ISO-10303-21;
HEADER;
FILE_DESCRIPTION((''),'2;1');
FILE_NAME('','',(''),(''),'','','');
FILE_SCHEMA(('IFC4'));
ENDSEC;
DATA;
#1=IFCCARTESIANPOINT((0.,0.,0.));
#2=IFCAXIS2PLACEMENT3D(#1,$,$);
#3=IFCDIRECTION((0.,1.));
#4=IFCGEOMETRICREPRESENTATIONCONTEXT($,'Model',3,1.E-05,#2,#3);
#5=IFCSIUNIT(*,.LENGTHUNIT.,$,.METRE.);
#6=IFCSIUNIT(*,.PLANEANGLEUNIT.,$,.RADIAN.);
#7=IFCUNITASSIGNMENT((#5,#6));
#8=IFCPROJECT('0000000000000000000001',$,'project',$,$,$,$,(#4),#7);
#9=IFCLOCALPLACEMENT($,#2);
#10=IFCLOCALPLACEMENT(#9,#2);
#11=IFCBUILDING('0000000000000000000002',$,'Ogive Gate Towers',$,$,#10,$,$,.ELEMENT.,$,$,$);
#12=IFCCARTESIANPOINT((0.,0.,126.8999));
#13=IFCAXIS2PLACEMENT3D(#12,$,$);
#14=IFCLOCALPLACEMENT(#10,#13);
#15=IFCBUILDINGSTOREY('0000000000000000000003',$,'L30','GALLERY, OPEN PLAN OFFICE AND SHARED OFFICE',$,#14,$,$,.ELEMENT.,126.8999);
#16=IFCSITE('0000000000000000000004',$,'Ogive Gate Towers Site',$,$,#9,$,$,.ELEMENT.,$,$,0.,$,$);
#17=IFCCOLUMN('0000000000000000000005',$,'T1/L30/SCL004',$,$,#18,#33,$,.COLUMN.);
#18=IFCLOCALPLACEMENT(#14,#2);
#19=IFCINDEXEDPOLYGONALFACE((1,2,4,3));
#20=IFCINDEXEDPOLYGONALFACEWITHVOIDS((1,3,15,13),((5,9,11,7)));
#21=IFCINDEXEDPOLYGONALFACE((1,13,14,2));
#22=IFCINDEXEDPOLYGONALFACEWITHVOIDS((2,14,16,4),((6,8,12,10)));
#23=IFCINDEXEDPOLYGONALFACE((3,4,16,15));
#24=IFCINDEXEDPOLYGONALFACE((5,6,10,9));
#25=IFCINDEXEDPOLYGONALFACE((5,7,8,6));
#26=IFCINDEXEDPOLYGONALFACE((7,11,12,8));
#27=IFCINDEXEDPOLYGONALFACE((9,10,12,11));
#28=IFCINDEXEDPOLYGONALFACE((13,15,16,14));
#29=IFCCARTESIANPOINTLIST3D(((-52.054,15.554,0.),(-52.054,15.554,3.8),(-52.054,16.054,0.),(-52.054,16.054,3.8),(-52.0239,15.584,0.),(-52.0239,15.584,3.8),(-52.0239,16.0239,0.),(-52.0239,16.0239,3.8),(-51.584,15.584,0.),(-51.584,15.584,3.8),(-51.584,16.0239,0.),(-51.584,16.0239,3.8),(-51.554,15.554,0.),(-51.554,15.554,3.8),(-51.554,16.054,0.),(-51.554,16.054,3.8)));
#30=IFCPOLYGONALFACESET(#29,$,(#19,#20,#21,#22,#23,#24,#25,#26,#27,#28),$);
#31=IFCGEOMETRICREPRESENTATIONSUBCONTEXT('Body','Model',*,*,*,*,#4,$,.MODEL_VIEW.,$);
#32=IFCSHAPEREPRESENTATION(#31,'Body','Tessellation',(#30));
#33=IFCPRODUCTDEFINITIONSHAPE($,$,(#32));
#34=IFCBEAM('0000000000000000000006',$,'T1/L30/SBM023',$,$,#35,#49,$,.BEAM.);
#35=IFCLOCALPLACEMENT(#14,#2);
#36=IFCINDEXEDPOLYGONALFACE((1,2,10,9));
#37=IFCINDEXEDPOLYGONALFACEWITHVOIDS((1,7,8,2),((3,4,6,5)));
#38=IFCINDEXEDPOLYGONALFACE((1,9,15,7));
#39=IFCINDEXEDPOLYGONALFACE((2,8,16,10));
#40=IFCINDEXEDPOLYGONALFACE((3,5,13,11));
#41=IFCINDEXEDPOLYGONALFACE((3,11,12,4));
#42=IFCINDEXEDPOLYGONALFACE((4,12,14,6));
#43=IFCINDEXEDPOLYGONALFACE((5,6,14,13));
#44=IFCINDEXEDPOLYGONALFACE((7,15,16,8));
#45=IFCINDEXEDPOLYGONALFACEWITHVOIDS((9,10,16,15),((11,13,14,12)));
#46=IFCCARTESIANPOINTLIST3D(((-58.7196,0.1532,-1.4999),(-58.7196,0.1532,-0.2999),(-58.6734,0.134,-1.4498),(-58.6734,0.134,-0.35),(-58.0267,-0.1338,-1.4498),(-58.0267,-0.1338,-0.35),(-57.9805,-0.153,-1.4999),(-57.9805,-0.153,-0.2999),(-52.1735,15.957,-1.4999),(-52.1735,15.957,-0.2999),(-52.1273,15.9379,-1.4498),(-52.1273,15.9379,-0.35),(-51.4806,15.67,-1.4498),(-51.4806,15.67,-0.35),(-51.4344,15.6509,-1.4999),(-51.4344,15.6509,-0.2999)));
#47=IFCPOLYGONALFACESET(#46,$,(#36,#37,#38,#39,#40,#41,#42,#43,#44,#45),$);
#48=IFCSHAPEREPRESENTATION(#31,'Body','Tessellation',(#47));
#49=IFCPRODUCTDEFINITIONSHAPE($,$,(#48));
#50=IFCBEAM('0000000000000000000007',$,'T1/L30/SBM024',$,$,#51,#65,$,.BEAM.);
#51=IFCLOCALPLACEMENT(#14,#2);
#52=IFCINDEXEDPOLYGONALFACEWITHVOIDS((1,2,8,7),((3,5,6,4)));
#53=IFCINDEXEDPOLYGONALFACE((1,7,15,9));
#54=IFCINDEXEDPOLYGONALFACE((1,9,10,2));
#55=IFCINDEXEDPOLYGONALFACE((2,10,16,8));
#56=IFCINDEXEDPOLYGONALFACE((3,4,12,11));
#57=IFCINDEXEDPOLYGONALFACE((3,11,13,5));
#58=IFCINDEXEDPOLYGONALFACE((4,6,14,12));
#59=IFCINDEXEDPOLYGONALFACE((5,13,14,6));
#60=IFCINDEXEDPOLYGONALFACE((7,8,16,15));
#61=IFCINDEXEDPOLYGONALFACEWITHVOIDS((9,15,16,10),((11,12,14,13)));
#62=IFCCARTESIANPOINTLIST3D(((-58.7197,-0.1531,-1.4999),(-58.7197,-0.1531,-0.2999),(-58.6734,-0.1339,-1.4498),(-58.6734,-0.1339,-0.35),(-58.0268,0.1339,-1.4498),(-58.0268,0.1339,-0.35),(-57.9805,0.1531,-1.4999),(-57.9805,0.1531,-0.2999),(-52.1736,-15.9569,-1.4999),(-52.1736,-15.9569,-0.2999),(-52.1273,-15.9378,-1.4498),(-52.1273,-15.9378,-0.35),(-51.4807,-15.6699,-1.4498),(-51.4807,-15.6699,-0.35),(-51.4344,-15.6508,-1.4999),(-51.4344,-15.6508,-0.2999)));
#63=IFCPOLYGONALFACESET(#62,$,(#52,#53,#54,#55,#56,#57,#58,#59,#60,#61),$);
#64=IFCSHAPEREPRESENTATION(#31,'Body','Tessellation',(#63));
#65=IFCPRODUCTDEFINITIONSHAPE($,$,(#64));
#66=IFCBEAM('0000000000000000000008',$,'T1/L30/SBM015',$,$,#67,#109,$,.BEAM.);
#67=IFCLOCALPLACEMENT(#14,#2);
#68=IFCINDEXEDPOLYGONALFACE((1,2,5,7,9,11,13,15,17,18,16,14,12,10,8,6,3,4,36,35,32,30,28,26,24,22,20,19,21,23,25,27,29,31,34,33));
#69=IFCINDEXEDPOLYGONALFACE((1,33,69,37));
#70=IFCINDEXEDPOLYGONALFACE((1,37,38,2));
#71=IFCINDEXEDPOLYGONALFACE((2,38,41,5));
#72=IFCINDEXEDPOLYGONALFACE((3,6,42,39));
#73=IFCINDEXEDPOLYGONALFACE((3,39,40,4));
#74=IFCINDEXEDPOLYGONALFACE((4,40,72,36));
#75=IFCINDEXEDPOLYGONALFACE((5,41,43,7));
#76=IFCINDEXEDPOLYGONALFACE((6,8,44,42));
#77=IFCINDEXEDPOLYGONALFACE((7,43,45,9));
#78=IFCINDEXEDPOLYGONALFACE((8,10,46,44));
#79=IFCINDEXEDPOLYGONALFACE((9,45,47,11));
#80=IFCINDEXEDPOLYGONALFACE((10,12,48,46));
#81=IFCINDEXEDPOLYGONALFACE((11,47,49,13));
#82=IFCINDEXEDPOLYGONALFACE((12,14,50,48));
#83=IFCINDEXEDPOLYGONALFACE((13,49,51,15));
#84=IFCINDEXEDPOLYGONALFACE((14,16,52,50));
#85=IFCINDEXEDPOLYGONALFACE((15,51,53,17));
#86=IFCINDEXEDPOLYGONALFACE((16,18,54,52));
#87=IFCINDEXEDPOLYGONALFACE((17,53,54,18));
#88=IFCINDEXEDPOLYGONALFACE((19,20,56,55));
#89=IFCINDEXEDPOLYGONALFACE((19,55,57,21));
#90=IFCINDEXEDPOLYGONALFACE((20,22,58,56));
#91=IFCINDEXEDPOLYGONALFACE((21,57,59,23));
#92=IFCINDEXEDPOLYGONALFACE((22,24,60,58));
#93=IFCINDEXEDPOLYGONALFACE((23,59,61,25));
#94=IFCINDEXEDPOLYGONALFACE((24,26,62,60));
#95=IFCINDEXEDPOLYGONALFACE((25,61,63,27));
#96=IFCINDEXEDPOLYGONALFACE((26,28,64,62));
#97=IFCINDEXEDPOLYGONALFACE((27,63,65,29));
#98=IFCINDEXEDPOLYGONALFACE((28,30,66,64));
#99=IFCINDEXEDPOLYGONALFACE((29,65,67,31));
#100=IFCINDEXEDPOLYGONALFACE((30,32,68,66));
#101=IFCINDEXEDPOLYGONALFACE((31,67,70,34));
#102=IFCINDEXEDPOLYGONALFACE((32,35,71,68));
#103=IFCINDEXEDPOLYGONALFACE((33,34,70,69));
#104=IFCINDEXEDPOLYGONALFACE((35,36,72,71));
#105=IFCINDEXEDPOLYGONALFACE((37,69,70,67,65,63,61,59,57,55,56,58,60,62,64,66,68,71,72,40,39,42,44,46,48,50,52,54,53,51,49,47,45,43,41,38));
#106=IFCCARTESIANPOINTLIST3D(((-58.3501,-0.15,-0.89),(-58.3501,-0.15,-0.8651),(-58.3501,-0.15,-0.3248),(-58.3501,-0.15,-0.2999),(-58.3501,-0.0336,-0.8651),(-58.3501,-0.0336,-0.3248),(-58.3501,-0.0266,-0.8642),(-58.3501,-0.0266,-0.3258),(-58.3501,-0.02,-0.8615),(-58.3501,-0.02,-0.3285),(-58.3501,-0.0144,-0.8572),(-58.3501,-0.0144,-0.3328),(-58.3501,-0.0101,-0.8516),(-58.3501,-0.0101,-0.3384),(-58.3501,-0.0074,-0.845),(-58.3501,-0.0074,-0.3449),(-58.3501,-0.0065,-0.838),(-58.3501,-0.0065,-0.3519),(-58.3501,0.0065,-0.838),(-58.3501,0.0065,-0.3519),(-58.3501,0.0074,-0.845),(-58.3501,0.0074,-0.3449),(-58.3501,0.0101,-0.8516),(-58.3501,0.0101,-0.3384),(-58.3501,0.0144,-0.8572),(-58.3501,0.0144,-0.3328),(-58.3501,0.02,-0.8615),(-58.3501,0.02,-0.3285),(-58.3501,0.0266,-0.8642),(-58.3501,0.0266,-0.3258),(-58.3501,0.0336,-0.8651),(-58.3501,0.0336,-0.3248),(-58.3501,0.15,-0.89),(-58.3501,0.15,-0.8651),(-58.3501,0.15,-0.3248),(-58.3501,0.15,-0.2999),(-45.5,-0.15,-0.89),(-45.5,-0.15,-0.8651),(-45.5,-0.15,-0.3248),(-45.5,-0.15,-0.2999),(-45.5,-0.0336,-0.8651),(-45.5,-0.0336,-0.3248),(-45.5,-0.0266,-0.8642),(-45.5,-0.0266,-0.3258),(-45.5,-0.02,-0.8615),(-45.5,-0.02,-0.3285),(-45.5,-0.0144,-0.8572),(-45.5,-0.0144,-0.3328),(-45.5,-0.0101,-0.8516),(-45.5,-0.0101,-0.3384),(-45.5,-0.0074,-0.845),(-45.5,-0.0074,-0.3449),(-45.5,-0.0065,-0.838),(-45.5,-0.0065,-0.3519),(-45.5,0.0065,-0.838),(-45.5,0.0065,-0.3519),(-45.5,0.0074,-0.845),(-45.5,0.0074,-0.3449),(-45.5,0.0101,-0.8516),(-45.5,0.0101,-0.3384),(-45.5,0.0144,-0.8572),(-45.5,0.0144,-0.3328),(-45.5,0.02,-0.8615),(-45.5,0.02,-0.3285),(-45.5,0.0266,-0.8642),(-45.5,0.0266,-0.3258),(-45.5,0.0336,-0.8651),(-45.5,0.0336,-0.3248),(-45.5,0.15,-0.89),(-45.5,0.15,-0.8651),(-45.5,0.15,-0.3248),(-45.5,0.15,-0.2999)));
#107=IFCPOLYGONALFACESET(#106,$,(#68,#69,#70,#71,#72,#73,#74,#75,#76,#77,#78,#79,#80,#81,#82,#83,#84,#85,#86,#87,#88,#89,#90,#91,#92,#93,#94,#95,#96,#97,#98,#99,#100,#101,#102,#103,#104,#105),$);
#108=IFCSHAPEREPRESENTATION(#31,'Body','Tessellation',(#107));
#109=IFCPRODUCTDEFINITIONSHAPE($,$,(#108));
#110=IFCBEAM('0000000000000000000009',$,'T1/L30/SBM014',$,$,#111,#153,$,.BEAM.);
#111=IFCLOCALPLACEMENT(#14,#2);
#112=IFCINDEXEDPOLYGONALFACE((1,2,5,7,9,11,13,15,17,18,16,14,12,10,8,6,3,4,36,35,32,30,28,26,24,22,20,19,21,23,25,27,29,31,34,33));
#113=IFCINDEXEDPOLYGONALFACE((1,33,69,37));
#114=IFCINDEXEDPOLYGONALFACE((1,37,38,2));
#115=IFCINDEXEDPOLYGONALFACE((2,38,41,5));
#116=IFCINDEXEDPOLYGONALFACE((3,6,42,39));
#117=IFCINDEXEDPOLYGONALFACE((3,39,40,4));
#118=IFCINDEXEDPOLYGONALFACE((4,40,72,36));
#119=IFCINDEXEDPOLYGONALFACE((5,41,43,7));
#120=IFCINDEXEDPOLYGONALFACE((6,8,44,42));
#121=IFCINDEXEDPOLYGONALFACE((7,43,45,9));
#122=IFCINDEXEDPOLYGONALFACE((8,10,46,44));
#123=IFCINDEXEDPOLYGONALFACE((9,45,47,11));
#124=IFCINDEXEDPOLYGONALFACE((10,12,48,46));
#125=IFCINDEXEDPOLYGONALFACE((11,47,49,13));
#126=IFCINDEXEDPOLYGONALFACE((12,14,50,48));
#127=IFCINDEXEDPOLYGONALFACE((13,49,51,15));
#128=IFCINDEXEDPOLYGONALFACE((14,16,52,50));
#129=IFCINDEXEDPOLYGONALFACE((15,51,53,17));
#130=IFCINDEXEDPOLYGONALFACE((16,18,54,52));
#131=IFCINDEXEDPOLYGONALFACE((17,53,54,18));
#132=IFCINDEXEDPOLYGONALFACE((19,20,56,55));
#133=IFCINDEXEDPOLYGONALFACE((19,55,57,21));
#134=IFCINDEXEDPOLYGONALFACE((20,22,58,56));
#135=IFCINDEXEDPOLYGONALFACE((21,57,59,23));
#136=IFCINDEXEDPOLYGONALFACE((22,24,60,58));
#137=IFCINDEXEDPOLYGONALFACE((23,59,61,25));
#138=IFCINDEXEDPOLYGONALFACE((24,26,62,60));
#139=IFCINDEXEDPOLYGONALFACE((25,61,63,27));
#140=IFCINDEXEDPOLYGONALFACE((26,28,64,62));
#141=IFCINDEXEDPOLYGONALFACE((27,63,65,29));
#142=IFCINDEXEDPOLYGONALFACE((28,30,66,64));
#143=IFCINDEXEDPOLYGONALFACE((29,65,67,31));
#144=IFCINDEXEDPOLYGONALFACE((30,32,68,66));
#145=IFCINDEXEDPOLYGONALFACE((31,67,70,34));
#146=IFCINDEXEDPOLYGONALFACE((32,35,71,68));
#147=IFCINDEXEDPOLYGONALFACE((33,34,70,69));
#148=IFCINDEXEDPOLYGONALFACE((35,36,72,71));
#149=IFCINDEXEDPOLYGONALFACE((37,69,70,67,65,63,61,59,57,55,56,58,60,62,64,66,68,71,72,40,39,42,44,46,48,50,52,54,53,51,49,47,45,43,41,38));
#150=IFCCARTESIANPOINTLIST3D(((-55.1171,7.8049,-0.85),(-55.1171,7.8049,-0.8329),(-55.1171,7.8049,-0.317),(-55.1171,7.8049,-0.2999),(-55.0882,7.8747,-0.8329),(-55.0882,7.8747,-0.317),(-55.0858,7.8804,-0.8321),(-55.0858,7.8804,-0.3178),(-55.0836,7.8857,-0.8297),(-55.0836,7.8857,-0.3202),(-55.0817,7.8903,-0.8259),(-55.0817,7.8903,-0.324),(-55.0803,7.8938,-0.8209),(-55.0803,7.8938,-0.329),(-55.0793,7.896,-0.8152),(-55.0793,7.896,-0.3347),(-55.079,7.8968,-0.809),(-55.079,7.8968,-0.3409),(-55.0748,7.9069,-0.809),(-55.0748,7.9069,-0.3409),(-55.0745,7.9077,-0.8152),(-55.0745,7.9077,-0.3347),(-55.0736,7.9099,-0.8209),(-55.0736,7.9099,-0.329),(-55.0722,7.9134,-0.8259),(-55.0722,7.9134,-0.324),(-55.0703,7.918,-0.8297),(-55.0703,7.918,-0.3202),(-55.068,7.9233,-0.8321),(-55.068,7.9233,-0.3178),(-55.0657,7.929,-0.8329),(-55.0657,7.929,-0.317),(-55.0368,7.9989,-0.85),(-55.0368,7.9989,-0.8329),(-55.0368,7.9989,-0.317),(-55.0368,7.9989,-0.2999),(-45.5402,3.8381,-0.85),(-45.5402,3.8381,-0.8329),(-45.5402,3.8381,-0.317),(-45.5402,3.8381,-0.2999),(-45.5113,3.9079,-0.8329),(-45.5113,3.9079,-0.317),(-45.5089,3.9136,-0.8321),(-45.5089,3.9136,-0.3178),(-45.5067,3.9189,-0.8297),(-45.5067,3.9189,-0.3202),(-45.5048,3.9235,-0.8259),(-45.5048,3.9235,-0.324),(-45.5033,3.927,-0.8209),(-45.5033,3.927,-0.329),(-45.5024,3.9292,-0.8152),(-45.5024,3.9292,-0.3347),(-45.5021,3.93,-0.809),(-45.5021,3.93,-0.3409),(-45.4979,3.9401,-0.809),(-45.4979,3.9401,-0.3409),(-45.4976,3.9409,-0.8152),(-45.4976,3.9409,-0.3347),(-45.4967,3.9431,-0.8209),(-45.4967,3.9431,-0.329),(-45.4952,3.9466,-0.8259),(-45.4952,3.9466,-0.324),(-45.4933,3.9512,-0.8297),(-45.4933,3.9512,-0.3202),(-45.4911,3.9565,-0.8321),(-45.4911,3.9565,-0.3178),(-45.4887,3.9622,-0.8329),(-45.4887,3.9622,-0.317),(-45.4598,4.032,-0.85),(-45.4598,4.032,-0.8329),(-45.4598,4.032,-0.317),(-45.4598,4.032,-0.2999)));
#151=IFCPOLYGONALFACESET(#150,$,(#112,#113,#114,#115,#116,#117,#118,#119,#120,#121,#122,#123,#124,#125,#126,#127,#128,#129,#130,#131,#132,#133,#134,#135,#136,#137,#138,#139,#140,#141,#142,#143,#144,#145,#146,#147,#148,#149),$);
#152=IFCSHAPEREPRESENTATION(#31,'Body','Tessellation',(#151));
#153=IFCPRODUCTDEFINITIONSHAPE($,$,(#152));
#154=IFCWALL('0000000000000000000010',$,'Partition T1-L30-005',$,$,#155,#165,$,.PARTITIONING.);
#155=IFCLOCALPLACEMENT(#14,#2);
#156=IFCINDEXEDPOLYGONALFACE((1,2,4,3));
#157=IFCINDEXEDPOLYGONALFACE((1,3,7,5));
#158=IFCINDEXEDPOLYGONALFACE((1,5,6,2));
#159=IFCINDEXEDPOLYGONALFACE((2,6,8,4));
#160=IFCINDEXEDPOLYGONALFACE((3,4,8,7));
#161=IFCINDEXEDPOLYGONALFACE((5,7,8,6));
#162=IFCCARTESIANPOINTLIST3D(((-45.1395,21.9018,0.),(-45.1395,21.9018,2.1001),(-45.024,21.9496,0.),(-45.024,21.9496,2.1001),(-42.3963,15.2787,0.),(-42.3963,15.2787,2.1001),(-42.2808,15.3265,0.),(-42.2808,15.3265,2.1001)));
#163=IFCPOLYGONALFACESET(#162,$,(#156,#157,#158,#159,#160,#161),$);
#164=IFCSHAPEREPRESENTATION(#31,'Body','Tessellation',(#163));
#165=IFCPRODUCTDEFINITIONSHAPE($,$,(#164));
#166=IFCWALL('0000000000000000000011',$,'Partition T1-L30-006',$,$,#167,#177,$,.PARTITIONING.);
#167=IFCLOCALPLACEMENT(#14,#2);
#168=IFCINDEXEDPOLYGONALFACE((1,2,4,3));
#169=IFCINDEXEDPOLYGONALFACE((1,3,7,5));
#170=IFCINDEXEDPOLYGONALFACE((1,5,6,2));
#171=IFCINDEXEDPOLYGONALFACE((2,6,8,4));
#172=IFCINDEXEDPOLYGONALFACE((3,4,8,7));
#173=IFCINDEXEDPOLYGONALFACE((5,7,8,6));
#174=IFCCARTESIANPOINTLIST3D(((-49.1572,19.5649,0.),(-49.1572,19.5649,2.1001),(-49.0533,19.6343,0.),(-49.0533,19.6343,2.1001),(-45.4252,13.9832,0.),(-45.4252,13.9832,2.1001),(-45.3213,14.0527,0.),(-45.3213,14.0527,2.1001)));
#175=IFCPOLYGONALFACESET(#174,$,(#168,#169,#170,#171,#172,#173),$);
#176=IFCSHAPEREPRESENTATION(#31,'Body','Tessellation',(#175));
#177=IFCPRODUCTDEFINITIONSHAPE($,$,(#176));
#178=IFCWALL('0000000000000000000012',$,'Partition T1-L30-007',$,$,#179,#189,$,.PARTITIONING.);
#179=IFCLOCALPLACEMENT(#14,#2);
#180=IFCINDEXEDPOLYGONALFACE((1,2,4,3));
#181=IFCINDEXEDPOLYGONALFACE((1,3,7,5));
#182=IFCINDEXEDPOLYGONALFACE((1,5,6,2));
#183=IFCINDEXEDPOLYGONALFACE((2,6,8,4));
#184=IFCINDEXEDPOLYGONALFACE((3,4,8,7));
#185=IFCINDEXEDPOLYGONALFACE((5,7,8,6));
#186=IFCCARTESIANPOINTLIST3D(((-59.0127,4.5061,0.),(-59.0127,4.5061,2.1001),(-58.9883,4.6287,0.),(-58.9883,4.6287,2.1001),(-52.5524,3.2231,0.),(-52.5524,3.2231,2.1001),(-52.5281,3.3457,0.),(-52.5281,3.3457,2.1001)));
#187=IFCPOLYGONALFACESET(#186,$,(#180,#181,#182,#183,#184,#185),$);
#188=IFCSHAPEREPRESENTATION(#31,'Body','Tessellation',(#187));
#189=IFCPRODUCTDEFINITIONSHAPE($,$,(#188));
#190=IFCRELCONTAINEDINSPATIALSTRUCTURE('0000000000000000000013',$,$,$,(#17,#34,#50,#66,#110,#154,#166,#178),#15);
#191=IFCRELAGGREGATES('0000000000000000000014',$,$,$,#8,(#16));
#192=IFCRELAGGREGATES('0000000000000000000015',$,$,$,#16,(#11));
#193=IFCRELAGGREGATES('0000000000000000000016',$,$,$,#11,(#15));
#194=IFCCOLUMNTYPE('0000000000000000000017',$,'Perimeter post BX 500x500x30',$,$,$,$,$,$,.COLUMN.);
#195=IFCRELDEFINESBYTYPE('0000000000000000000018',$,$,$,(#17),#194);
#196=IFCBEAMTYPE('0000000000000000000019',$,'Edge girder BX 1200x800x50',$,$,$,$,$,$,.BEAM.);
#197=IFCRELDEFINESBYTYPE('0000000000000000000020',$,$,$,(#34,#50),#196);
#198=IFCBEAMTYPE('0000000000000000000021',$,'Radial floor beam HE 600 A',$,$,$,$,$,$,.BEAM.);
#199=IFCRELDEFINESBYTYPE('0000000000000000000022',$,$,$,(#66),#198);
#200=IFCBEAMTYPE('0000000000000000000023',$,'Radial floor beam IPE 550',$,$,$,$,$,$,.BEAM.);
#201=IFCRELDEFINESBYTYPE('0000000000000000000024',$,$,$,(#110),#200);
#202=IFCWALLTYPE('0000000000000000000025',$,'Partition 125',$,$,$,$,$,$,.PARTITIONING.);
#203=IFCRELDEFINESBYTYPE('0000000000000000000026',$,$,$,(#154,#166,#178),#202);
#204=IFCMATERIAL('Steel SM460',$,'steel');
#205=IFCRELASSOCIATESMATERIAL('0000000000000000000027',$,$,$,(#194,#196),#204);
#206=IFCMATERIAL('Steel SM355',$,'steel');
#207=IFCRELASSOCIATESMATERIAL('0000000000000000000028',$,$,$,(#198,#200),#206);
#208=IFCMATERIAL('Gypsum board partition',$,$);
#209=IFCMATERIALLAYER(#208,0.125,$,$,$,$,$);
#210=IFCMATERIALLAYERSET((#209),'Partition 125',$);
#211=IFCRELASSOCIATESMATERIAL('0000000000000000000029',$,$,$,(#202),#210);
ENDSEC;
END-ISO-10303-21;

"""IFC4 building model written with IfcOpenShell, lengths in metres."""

from ifc_helpers import new_model, si_unit, direction, frame, frame_2d, origin, origin_2d, place, context, subcontext, project, spatial, rectangle, hollow_rectangle, i_section, extrude, material, layer, layer_set, material_profile, profile_set, type_object, element, save


model = new_model("IFC4")

# Units and contexts
model_context = context("Model", 3, precision=1e-05, world=origin(), true_north=direction((0.0, 1.0)))
body_context = subcontext(model_context, "Body", "Model", "MODEL_VIEW")
ifc_project = project(units=[si_unit("LENGTHUNIT", "METRE"), si_unit("PLANEANGLEUNIT", "RADIAN")], contexts=[model_context])

# Site, building, storey
site_placement = place(None, origin())
site = spatial("IfcSite", under=ifc_project, at=site_placement, Name="Ogive Gate Towers Site", CompositionType="ELEMENT", RefElevation=0.0)
building_placement = place(site_placement, origin())
building = spatial("IfcBuilding", under=site, at=building_placement, Name="Ogive Gate Towers", CompositionType="ELEMENT")
storey_placement = place(building_placement, frame((0.0, 0.0, 126.8999)))
storey = spatial("IfcBuildingStorey", under=building, at=storey_placement, Name="L30", Description="GALLERY, OPEN PLAN OFFICE AND SHARED OFFICE", CompositionType="ELEMENT", Elevation=126.8999)

# Column
ifc_material_1 = material(Name="Steel SM460", Category="steel")
ifc_material_profile_1 = material_profile(ifc_material_1, hollow_rectangle(XDim=0.5, YDim=0.5, WallThickness=0.03, at=origin_2d()), Name="BX 500x500x30")
ifc_profile_set_1 = profile_set([ifc_material_profile_1], Name="Steel SM460")
column_type = type_object("IfcColumnType", Name="Perimeter post BX 500x500x30", PredefinedType="COLUMN", material=ifc_profile_set_1)
column_placement = place(storey_placement, frame((-51.804, 15.804, 0.0), z_axis=(0.0, 0.0, 1.0), x_axis=(1.0, 0.0, 0.0)))
element("IfcColumn", 1, at=column_placement, inside=storey, type_object=column_type, Name="T1/L30/SCL004", PredefinedType="COLUMN", context=body_context, shape_type="SweptSolid", body=[
    extrude(hollow_rectangle(XDim=0.5, YDim=0.5, WallThickness=0.03, at=origin_2d()), origin(), (0.0, 0.0, 1.0), 3.8),
])

# Beams
ifc_material_profile_2 = material_profile(ifc_material_1, hollow_rectangle(XDim=0.8, YDim=1.2, WallThickness=0.05, at=origin_2d()), Name="BX 1200x800x50")
ifc_profile_set_2 = profile_set([ifc_material_profile_2], Name="Steel SM460")
beam_type_1 = type_object("IfcBeamType", Name="Edge girder BX 1200x800x50", PredefinedType="BEAM", material=ifc_profile_set_2)
for number, where, z_axis, x_axis, name in (
    (2, (-51.804, 15.804, -0.8999), (-0.38268, -0.923881, 0.0), (0.923881, -0.38268, 0.0), "T1/L30/SBM023"),
    (3, (-58.3501, 0.0, -0.8999), (0.38268, -0.923881, 0.0), (0.923881, 0.38268, 0.0), "T1/L30/SBM024"),
):
    element("IfcBeam", number, at=place(storey_placement, frame(where, z_axis=z_axis, x_axis=x_axis)), inside=storey, type_object=beam_type_1, Name=name, PredefinedType="BEAM", context=body_context, shape_type="SweptSolid", body=[
        extrude(hollow_rectangle(XDim=0.8, YDim=1.2, WallThickness=0.05, at=origin_2d()), origin(), (0.0, 0.0, 1.0), 17.106),
    ])
ifc_material_2 = material(Name="Steel SM355", Category="steel")
ifc_material_profile_3 = material_profile(ifc_material_2, i_section(OverallWidth=0.3, OverallDepth=0.5901, WebThickness=0.0129, FlangeThickness=0.0249, FilletRadius=0.0271, at=origin_2d()), Name="HE 600 A")
ifc_profile_set_3 = profile_set([ifc_material_profile_3], Name="Steel SM355")
beam_type_2 = type_object("IfcBeamType", Name="Radial floor beam HE 600 A", PredefinedType="BEAM", material=ifc_profile_set_3)
beam_1_placement = place(storey_placement, frame((-45.5, 0.0, -0.595), z_axis=(-1.0, 0.0, 0.0), x_axis=(0.0, -1.0, 0.0)))
element("IfcBeam", 4, at=beam_1_placement, inside=storey, type_object=beam_type_2, Name="T1/L30/SBM015", PredefinedType="BEAM", context=body_context, shape_type="SweptSolid", body=[
    extrude(i_section(OverallWidth=0.3, OverallDepth=0.5901, WebThickness=0.0129, FlangeThickness=0.0249, FilletRadius=0.0271, at=origin_2d()), origin(), (0.0, 0.0, 1.0), 12.8501),
])
ifc_material_profile_4 = material_profile(ifc_material_2, i_section(OverallWidth=0.21, OverallDepth=0.55, WebThickness=0.011, FlangeThickness=0.0171, FilletRadius=0.0239, at=origin_2d()), Name="IPE 550")
ifc_profile_set_4 = profile_set([ifc_material_profile_4], Name="Steel SM355")
beam_type_3 = type_object("IfcBeamType", Name="Radial floor beam IPE 550", PredefinedType="BEAM", material=ifc_profile_set_4)
beam_2_placement = place(storey_placement, frame((-45.5, 3.9351, -0.575), z_axis=(-0.923882, 0.382676, 0.0), x_axis=(-0.382676, -0.923882, 0.0)))
element("IfcBeam", 5, at=beam_2_placement, inside=storey, type_object=beam_type_3, Name="T1/L30/SBM014", PredefinedType="BEAM", context=body_context, shape_type="SweptSolid", body=[
    extrude(i_section(OverallWidth=0.21, OverallDepth=0.55, WebThickness=0.011, FlangeThickness=0.0171, FilletRadius=0.0239, at=origin_2d()), origin(), (0.0, 0.0, 1.0), 10.366),
])

# Walls
ifc_material_3 = material(Name="Gypsum board partition")
ifc_layer_1 = layer(ifc_material_3, 0.125)
ifc_layer_set_1 = layer_set([ifc_layer_1], Name="Partition 125")
wall_type_1 = type_object("IfcWallType", Name="Partition 125", PredefinedType="PARTITIONING", material=ifc_layer_set_1)
wall_1_placement = place(storey_placement, frame((-45.0818, 21.9258, 0.0), z_axis=(0.0, 0.0, 1.0), x_axis=(0.382661, -0.923889, 0.0)))
element("IfcWall", 6, at=wall_1_placement, inside=storey, type_object=wall_type_1, Name="Partition T1-L30-005", PredefinedType="PARTITIONING", context=body_context, shape_type="SweptSolid", body=[
    extrude(rectangle(XDim=7.1687, YDim=0.125, at=frame_2d((3.5845, 0.0))), origin(), (0.0, 0.0, 1.0), 2.1001),
])
wall_2_placement = place(storey_placement, frame((-49.1052, 19.5996, 0.0), z_axis=(0.0, 0.0, 1.0), x_axis=(0.555824, -0.8313, 0.0)))
element("IfcWall", 7, at=wall_2_placement, inside=storey, type_object=wall_type_1, Name="Partition T1-L30-006", PredefinedType="PARTITIONING", context=body_context, shape_type="SweptSolid", body=[
    extrude(rectangle(XDim=6.7144, YDim=0.125, at=frame_2d((3.3572, 0.0))), origin(), (0.0, 0.0, 1.0), 2.1001),
])
wall_3_placement = place(storey_placement, frame((-59.0005, 4.5674, 0.0), z_axis=(0.0, 0.0, 1.0), x_axis=(0.980845, -0.19479, 0.0)))
element("IfcWall", 8, at=wall_3_placement, inside=storey, type_object=wall_type_1, Name="Partition T1-L30-007", PredefinedType="PARTITIONING", context=body_context, shape_type="SweptSolid", body=[
    extrude(rectangle(XDim=6.5864, YDim=0.125, at=frame_2d((3.2932, 0.0))), origin(), (0.0, 0.0, 1.0), 2.1001),
])

save(model, "model.ifc")
